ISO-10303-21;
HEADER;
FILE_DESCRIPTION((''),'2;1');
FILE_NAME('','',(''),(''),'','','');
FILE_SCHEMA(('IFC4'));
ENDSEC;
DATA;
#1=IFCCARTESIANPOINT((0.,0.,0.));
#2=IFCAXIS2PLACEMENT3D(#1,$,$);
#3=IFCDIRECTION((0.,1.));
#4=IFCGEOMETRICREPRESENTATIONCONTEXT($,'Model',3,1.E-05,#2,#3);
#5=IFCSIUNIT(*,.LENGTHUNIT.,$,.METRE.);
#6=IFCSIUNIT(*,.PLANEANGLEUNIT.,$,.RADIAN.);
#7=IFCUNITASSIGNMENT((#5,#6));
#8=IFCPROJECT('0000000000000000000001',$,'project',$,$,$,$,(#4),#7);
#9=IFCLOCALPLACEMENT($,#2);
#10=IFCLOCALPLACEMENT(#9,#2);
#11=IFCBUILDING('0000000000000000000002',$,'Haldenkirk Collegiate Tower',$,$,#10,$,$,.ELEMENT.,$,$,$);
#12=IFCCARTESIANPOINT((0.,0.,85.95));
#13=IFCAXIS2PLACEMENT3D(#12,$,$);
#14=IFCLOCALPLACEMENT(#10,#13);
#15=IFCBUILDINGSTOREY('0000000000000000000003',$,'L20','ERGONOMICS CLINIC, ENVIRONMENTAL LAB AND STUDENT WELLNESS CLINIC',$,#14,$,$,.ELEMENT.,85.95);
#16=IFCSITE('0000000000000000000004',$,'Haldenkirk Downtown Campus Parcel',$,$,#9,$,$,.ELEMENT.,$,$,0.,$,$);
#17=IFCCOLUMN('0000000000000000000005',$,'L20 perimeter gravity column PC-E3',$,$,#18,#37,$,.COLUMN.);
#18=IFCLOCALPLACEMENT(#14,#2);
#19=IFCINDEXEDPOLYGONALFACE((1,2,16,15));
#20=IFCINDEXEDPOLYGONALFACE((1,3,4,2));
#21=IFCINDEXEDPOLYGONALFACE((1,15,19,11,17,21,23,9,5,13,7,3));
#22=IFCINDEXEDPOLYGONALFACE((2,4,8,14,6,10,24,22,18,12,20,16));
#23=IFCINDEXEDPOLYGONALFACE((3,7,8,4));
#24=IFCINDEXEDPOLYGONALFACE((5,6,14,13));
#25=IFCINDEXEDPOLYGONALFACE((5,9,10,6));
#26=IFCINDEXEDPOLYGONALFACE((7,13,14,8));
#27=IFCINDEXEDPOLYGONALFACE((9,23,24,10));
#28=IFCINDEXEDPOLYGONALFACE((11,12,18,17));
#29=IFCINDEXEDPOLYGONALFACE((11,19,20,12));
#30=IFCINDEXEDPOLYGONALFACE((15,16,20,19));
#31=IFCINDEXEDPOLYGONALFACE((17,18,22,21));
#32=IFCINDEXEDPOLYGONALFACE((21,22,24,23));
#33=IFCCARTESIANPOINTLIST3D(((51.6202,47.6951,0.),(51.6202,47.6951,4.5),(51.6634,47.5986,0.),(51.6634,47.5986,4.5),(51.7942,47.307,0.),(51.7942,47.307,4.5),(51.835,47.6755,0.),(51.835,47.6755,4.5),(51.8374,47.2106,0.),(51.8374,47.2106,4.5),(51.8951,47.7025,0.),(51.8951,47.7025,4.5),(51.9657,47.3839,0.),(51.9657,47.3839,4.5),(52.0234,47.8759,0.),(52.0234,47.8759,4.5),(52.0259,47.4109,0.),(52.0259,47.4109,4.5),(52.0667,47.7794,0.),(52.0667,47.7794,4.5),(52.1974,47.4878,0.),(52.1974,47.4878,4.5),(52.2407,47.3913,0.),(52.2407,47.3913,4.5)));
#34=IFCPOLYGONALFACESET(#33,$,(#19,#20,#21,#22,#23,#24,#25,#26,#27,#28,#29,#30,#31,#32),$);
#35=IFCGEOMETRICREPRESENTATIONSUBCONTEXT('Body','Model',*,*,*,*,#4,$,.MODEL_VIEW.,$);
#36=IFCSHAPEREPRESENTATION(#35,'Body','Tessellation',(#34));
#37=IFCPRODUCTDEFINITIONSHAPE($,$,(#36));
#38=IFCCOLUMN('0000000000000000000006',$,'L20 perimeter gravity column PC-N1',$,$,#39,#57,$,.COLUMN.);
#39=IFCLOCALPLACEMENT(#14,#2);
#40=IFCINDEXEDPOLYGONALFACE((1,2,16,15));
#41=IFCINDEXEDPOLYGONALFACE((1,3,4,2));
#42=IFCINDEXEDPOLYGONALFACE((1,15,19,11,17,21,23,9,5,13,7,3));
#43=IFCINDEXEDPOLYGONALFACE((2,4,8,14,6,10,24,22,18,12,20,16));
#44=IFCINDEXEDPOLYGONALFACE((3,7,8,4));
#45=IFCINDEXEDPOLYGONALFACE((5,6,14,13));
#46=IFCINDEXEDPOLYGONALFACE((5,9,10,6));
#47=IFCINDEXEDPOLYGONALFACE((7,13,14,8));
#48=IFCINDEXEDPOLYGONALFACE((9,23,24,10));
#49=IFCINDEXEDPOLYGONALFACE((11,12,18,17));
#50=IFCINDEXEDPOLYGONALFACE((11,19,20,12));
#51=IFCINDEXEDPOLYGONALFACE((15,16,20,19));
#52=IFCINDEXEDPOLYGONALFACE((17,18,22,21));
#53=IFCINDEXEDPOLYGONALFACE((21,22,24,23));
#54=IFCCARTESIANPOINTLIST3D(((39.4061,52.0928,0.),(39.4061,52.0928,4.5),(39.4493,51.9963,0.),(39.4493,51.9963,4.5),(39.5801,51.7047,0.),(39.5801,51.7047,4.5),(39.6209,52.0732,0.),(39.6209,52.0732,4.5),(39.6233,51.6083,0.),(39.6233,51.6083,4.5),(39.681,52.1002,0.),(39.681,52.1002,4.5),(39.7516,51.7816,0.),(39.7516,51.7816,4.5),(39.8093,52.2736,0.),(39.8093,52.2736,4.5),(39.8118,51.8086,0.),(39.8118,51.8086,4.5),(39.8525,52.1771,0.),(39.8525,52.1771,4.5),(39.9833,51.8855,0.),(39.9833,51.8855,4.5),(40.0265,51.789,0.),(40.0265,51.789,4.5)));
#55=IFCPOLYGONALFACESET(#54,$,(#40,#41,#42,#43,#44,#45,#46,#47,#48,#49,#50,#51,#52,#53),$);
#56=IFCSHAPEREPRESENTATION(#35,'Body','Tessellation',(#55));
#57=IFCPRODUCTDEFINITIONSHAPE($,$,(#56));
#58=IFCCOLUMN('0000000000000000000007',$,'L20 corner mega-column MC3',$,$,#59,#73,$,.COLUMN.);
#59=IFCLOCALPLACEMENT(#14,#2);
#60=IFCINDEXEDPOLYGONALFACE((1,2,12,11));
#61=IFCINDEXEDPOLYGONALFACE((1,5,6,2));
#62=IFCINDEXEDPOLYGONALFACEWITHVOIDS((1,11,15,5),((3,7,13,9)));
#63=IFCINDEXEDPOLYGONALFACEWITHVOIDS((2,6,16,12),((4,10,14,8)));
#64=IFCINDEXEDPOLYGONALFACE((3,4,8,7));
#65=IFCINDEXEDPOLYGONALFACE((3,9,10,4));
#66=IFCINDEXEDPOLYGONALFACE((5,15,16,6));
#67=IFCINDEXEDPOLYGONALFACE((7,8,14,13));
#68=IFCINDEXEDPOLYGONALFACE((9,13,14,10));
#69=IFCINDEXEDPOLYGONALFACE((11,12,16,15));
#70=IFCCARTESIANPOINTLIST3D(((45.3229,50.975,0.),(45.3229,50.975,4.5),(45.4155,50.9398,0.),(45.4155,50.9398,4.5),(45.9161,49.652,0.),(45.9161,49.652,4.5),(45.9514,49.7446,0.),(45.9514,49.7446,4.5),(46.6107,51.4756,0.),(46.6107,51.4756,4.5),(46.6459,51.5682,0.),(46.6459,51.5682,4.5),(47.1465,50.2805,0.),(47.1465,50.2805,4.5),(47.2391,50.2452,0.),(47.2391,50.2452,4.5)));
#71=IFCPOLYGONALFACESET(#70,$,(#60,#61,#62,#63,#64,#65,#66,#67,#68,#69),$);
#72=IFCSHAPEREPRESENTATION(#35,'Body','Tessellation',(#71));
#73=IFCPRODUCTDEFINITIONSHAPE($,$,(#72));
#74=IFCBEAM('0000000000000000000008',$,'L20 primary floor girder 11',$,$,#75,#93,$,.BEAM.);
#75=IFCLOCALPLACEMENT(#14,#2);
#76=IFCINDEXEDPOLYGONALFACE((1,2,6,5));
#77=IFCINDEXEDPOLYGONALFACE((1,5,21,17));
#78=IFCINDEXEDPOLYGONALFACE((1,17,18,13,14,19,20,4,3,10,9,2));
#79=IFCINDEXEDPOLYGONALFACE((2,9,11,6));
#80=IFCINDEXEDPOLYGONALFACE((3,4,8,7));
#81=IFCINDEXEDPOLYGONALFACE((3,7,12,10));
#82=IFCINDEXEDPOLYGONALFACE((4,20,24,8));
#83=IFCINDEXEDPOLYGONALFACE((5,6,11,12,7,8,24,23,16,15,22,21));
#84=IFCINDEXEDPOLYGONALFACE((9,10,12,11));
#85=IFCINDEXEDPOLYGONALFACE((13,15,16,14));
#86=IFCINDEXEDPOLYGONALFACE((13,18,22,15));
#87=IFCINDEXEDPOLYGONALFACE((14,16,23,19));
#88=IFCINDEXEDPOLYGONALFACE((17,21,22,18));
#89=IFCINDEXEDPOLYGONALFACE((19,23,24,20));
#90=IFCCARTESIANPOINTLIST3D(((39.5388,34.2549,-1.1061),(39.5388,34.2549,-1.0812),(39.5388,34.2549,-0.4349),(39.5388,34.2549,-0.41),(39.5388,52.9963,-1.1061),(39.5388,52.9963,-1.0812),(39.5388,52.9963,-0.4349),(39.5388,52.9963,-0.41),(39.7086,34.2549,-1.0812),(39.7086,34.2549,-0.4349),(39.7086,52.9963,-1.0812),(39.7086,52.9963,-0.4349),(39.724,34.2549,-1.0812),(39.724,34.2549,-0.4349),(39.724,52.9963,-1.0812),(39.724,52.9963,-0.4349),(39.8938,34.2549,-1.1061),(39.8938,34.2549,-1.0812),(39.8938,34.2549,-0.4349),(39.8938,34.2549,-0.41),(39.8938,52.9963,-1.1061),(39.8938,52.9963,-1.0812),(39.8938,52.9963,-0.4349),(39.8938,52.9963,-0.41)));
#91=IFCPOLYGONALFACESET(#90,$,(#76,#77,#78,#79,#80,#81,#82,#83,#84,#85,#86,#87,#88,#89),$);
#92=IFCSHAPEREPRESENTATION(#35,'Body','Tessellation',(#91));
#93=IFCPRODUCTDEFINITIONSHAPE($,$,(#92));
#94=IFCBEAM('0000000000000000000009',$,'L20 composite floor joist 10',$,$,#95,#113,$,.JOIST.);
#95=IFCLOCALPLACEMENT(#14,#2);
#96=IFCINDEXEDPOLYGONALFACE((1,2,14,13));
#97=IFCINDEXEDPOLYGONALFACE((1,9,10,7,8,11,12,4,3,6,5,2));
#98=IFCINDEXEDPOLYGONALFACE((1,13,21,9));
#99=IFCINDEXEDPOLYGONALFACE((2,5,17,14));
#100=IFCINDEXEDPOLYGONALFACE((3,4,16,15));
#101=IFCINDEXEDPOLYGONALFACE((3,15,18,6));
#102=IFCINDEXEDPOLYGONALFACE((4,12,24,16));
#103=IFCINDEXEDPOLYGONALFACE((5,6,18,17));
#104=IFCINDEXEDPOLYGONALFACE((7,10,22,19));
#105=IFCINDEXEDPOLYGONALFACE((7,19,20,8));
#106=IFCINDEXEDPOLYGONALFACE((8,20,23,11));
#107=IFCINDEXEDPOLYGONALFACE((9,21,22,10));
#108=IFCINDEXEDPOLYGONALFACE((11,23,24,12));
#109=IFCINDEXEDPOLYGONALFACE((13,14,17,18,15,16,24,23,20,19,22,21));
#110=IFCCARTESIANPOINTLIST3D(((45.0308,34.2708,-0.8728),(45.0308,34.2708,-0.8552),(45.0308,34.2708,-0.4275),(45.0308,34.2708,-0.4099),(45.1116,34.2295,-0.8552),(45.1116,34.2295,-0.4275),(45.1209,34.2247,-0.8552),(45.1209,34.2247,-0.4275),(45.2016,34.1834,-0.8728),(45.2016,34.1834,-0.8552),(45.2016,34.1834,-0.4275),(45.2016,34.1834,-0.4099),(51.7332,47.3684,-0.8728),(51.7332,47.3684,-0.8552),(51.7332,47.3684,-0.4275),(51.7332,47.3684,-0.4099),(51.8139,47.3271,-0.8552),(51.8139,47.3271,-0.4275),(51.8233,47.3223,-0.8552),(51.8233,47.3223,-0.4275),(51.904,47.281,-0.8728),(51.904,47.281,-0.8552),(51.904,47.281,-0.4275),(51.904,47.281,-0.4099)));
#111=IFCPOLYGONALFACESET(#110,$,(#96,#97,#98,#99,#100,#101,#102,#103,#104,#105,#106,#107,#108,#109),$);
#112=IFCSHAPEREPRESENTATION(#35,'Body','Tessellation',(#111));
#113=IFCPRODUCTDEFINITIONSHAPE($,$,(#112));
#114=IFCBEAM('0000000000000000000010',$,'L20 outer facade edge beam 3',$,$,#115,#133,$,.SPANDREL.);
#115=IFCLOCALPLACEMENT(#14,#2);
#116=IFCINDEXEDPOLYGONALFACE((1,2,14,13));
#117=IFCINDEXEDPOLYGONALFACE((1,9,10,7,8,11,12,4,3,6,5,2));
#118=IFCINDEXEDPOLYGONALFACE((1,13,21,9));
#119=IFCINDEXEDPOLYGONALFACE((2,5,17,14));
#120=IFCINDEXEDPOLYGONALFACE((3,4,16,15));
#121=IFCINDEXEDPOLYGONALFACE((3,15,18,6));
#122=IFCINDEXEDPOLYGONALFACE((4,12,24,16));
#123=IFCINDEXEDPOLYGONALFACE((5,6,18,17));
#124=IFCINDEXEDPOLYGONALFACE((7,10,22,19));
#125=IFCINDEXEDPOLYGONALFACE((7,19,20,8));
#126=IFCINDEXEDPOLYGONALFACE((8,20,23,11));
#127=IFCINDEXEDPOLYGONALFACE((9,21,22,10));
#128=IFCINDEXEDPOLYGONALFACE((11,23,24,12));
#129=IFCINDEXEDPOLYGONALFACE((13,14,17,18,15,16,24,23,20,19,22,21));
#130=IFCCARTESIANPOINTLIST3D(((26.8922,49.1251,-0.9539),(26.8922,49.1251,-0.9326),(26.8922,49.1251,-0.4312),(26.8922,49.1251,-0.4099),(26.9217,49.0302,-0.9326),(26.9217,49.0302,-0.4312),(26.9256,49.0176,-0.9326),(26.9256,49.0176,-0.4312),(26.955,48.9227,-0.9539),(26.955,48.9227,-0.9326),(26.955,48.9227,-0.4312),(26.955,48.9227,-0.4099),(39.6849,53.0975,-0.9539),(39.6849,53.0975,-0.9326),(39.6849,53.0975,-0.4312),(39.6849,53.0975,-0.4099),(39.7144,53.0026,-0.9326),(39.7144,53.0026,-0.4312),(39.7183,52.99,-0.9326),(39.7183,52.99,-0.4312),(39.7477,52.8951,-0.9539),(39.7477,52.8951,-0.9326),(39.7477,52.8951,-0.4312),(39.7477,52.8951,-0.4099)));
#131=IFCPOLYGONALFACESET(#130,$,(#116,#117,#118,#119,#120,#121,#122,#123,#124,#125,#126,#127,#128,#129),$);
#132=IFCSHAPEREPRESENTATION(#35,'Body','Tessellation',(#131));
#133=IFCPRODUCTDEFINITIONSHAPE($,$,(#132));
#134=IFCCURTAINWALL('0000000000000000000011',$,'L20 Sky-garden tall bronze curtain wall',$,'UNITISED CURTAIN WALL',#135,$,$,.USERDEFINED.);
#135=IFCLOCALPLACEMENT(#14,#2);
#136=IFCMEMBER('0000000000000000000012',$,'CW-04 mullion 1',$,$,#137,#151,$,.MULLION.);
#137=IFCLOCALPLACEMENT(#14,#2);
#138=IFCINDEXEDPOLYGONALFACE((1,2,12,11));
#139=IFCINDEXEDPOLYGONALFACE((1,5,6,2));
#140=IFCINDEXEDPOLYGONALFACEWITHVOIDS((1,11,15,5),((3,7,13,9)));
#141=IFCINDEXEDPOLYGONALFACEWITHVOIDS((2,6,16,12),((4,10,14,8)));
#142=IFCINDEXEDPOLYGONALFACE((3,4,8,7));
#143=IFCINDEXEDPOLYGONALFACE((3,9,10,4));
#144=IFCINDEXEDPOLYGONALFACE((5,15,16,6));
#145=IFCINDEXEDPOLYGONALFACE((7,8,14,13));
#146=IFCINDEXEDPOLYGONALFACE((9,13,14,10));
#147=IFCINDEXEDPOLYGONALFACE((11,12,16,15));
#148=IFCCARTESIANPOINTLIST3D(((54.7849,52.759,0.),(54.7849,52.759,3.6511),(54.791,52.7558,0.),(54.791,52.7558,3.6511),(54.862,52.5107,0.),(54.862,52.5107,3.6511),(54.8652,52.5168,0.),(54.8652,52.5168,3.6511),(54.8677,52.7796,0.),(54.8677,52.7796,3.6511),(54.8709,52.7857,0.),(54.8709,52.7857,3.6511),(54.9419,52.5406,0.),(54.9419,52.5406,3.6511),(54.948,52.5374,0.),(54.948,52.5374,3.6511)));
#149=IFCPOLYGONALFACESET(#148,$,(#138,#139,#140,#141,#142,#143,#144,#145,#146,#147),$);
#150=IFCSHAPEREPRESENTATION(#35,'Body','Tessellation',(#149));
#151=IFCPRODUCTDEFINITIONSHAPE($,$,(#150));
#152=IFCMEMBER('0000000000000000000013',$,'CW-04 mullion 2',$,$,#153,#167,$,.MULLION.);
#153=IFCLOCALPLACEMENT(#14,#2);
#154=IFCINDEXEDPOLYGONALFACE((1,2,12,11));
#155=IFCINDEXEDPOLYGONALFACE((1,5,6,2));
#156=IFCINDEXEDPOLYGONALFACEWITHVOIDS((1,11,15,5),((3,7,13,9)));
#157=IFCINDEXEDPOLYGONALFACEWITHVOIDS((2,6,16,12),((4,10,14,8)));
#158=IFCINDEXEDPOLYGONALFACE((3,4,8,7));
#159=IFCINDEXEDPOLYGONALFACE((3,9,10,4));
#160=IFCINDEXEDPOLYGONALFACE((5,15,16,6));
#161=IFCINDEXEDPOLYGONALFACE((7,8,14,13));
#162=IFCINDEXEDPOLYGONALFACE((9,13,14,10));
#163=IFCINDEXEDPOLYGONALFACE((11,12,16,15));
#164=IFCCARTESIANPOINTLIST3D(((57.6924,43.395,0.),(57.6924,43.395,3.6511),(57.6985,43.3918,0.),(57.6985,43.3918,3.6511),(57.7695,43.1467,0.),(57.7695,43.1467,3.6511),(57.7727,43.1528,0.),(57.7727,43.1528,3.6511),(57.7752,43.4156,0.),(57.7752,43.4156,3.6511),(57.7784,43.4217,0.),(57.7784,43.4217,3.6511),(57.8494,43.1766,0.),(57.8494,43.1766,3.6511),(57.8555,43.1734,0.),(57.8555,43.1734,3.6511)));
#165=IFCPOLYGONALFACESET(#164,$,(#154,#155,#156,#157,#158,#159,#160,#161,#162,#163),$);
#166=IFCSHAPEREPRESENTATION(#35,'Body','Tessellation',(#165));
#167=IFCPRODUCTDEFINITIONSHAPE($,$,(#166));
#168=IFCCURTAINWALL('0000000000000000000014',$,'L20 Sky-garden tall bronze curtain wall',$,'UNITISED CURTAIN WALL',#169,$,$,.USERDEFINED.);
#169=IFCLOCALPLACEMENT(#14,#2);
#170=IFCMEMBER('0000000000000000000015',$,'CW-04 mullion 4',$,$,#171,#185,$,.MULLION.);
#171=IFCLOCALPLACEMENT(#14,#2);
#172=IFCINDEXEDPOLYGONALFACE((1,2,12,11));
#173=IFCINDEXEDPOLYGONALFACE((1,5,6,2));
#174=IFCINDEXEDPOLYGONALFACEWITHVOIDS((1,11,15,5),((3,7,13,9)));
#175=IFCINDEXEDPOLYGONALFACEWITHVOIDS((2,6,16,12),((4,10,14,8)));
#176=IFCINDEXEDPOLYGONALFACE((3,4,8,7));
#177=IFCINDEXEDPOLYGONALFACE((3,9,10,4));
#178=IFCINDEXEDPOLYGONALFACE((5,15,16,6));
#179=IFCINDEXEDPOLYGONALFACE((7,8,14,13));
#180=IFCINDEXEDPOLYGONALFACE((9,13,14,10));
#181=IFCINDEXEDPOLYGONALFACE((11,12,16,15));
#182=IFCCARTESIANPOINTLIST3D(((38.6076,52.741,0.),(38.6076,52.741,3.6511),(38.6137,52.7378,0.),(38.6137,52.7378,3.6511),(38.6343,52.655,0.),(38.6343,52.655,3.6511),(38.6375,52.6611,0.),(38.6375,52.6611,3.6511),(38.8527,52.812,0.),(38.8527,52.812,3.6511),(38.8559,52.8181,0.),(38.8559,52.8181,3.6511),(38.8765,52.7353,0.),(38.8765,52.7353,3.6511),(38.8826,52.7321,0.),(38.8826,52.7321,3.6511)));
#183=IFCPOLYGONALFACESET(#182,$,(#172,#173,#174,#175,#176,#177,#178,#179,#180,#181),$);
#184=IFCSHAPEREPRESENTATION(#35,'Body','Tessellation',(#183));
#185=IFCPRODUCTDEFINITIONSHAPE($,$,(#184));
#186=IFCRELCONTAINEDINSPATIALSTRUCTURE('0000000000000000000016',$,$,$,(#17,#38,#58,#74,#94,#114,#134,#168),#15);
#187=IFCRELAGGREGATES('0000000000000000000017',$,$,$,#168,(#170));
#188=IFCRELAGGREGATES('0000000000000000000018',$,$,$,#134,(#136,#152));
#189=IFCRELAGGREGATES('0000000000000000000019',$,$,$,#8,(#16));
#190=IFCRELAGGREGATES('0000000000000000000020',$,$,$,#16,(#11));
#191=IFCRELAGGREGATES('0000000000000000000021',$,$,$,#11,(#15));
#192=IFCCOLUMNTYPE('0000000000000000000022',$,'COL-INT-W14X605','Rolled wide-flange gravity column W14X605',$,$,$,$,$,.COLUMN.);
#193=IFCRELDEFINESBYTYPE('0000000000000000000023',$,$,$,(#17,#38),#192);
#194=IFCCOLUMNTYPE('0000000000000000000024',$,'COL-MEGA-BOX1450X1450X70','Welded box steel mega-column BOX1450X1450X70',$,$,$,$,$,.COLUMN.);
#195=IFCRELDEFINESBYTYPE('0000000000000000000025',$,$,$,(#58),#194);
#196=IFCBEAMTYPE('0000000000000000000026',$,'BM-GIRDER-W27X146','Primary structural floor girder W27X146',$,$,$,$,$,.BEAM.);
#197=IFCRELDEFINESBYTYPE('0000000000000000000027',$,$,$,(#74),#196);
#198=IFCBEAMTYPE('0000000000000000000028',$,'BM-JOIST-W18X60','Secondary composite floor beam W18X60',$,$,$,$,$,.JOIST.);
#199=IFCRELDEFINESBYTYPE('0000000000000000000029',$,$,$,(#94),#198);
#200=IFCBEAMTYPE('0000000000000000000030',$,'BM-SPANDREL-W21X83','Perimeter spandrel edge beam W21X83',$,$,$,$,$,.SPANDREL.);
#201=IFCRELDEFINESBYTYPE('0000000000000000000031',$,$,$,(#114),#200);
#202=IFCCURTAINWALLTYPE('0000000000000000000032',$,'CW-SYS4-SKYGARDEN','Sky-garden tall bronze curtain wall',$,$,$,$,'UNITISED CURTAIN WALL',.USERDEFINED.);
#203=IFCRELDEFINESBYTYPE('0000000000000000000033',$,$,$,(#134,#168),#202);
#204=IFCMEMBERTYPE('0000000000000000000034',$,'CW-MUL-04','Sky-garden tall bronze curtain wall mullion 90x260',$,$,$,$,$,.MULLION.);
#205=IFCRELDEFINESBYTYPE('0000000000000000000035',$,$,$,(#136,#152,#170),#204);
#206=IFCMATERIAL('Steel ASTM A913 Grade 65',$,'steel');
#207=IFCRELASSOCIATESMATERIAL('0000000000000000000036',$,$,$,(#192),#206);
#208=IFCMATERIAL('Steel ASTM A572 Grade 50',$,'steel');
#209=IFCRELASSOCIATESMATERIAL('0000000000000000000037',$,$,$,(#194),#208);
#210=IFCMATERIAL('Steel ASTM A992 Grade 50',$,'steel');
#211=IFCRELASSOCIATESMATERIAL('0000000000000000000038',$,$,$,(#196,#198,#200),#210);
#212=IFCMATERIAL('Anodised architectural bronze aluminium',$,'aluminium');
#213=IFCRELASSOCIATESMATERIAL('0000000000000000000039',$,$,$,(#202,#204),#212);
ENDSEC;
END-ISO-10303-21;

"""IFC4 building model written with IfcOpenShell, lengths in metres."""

from ifc_helpers import new_model, si_unit, direction, frame, origin, origin_2d, place, context, subcontext, project, spatial, hollow_rectangle, i_section, extrude, material, material_profile, profile_set, type_object, element, aggregate, save


model = new_model("IFC4")

# Units and contexts
model_context = context("Model", 3, precision=1e-05, world=origin(), true_north=direction((0.0, 1.0)))
body_context = subcontext(model_context, "Body", "Model", "MODEL_VIEW")
ifc_project = project(units=[si_unit("LENGTHUNIT", "METRE"), si_unit("PLANEANGLEUNIT", "RADIAN")], contexts=[model_context])

# Site, building, storey
site_placement = place(None, origin())
site = spatial("IfcSite", under=ifc_project, at=site_placement, Name="Haldenkirk Downtown Campus Parcel", CompositionType="ELEMENT", RefElevation=0.0)
building_placement = place(site_placement, origin())
building = spatial("IfcBuilding", under=site, at=building_placement, Name="Haldenkirk Collegiate Tower", CompositionType="ELEMENT")
storey_placement = place(building_placement, frame((0.0, 0.0, 85.95)))
storey = spatial("IfcBuildingStorey", under=building, at=storey_placement, Name="L20", Description="ERGONOMICS CLINIC, ENVIRONMENTAL LAB AND STUDENT WELLNESS CLINIC", CompositionType="ELEMENT", Elevation=85.95)

# Columns
ifc_material_1 = material(Name="Steel ASTM A913 Grade 65", Category="steel")
ifc_material_profile_1 = material_profile(ifc_material_1, i_section(OverallWidth=0.4419, OverallDepth=0.531, WebThickness=0.0659, FlangeThickness=0.1057, at=origin_2d()), Name="W14X605")
ifc_profile_set_1 = profile_set([ifc_material_profile_1], Name="Steel ASTM A913 Grade 65")
column_type_1 = type_object("IfcColumnType", Name="COL-INT-W14X605", Description="Rolled wide-flange gravity column W14X605", PredefinedType="COLUMN", material=ifc_profile_set_1)
for number, where, z_axis, x_axis, name in (
    (1, (51.9304, 47.5432, 0.0), (0.0, 0.0, 1.0), (0.912477, 0.409127, 0.0), "L20 perimeter gravity column PC-E3"),
    (2, (39.7163, 51.9409, 0.0), (0.0, 0.0, 1.0), (0.912477, 0.409127, 0.0), "L20 perimeter gravity column PC-N1"),
):
    element("IfcColumn", number, at=place(storey_placement, frame(where, z_axis=z_axis, x_axis=x_axis)), inside=storey, type_object=column_type_1, Name=name, PredefinedType="COLUMN", context=body_context, shape_type="SweptSolid", body=[
        extrude(i_section(OverallWidth=0.4419, OverallDepth=0.531, WebThickness=0.0659, FlangeThickness=0.1057, at=origin_2d()), origin(), (0.0, 0.0, 1.0), 4.5),
    ])
ifc_material_2 = material(Name="Steel ASTM A572 Grade 50", Category="steel")
ifc_material_profile_2 = material_profile(ifc_material_2, hollow_rectangle(XDim=1.45, YDim=1.45, WallThickness=0.0701, at=origin_2d()), Name="BOX1450X1450X70")
ifc_profile_set_2 = profile_set([ifc_material_profile_2], Name="Steel ASTM A572 Grade 50")
column_type_2 = type_object("IfcColumnType", Name="COL-MEGA-BOX1450X1450X70", Description="Welded box steel mega-column BOX1450X1450X70", PredefinedType="COLUMN", material=ifc_profile_set_2)
column_placement = place(storey_placement, frame((46.281, 50.6101, 0.0), z_axis=(0.0, 0.0, 1.0), x_axis=(0.912477, 0.409127, 0.0)))
element("IfcColumn", 3, at=column_placement, inside=storey, type_object=column_type_2, Name="L20 corner mega-column MC3", PredefinedType="COLUMN", context=body_context, shape_type="SweptSolid", body=[
    extrude(hollow_rectangle(XDim=1.45, YDim=1.45, WallThickness=0.0701, at=origin_2d()), origin(), (0.0, 0.0, 1.0), 4.5),
])

# Beams
ifc_material_3 = material(Name="Steel ASTM A992 Grade 50", Category="steel")
ifc_material_profile_3 = material_profile(ifc_material_3, i_section(OverallWidth=0.355, OverallDepth=0.696, WebThickness=0.0154, FlangeThickness=0.0249, at=origin_2d()), Name="W27X146")
ifc_profile_set_3 = profile_set([ifc_material_profile_3], Name="Steel ASTM A992 Grade 50")
beam_type_1 = type_object("IfcBeamType", Name="BM-GIRDER-W27X146", Description="Primary structural floor girder W27X146", PredefinedType="BEAM", material=ifc_profile_set_3)
beam_1_placement = place(storey_placement, frame((39.7163, 52.9963, -0.7581), z_axis=(0.0, -1.0, 0.0), x_axis=(1.0, 0.0, 0.0)))
element("IfcBeam", 4, at=beam_1_placement, inside=storey, type_object=beam_type_1, Name="L20 primary floor girder 11", PredefinedType="BEAM", context=body_context, shape_type="SweptSolid", body=[
    extrude(i_section(OverallWidth=0.355, OverallDepth=0.696, WebThickness=0.0154, FlangeThickness=0.0249, at=origin_2d()), origin(), (0.0, 0.0, 1.0), 18.7415),
])
ifc_material_profile_4 = material_profile(ifc_material_3, i_section(OverallWidth=0.1919, OverallDepth=0.4629, WebThickness=0.0105, FlangeThickness=0.0176, at=origin_2d()), Name="W18X60")
ifc_profile_set_4 = profile_set([ifc_material_profile_4], Name="Steel ASTM A992 Grade 50")
beam_type_2 = type_object("IfcBeamType", Name="BM-JOIST-W18X60", Description="Secondary composite floor beam W18X60", PredefinedType="JOIST", material=ifc_profile_set_4)
beam_2_placement = place(storey_placement, frame((51.8186, 47.3247, -0.6414), z_axis=(-0.455544, -0.890213, 0.0), x_axis=(0.890213, -0.455544, 0.0)))
element("IfcBeam", 5, at=beam_2_placement, inside=storey, type_object=beam_type_2, Name="L20 composite floor joist 10", PredefinedType="JOIST", context=body_context, shape_type="SweptSolid", body=[
    extrude(i_section(OverallWidth=0.1919, OverallDepth=0.4629, WebThickness=0.0105, FlangeThickness=0.0176, at=origin_2d()), origin(), (0.0, 0.0, 1.0), 14.7129),
])
ifc_material_profile_5 = material_profile(ifc_material_3, i_section(OverallWidth=0.2119, OverallDepth=0.5439, WebThickness=0.0132, FlangeThickness=0.0212, at=origin_2d()), Name="W21X83")
ifc_profile_set_5 = profile_set([ifc_material_profile_5], Name="Steel ASTM A992 Grade 50")
beam_type_3 = type_object("IfcBeamType", Name="BM-SPANDREL-W21X83", Description="Perimeter spandrel edge beam W21X83", PredefinedType="SPANDREL", material=ifc_profile_set_5)
beam_3_placement = place(storey_placement, frame((39.7163, 52.9963, -0.6819), z_axis=(-0.955016, -0.296553, 0.0), x_axis=(0.296553, -0.955016, 0.0)))
element("IfcBeam", 6, at=beam_3_placement, inside=storey, type_object=beam_type_3, Name="L20 outer facade edge beam 3", PredefinedType="SPANDREL", context=body_context, shape_type="SweptSolid", body=[
    extrude(i_section(OverallWidth=0.2119, OverallDepth=0.5439, WebThickness=0.0132, FlangeThickness=0.0212, at=origin_2d()), origin(), (0.0, 0.0, 1.0), 13.3953),
])

# Curtain walls, members
ifc_material_4 = material(Name="Anodised architectural bronze aluminium", Category="aluminium")
curtain_wall_type = type_object("IfcCurtainWallType", Name="CW-SYS4-SKYGARDEN", Description="Sky-garden tall bronze curtain wall", ElementType="UNITISED CURTAIN WALL", PredefinedType="USERDEFINED", material=ifc_material_4)
curtain_wall_1_placement = place(storey_placement, origin())
curtain_wall_1 = element("IfcCurtainWall", 7, at=curtain_wall_1_placement, inside=storey, type_object=curtain_wall_type, Name="L20 Sky-garden tall bronze curtain wall", ObjectType="UNITISED CURTAIN WALL", PredefinedType="USERDEFINED")
ifc_material_profile_6 = material_profile(ifc_material_4, hollow_rectangle(XDim=0.0901, YDim=0.26, WallThickness=0.0049, at=origin_2d()), Name="CW-MUL-04")
ifc_profile_set_6 = profile_set([ifc_material_profile_6], Name="Anodised architectural bronze aluminium")
member_type_1 = type_object("IfcMemberType", Name="CW-MUL-04", Description="Sky-garden tall bronze curtain wall mullion 90x260", PredefinedType="MULLION", material=ifc_profile_set_6)
member_1_placement = place(storey_placement, frame((54.8665, 52.6482, 0.0), z_axis=(0.0, 0.0, 1.0), x_axis=(0.95502, 0.296541, 0.0)))
member_1 = element("IfcMember", 8, at=member_1_placement, type_object=member_type_1, Name="CW-04 mullion 1", PredefinedType="MULLION", context=body_context, shape_type="SweptSolid", body=[
    extrude(hollow_rectangle(XDim=0.0901, YDim=0.26, WallThickness=0.0049, at=origin_2d()), origin(), (0.0, 0.0, 1.0), 3.6511),
])
member_2_placement = place(storey_placement, frame((57.7739, 43.2842, 0.0), z_axis=(0.0, 0.0, 1.0), x_axis=(0.95502, 0.296541, 0.0)))
member_2 = element("IfcMember", 9, at=member_2_placement, type_object=member_type_1, Name="CW-04 mullion 2", PredefinedType="MULLION", context=body_context, shape_type="SweptSolid", body=[
    extrude(hollow_rectangle(XDim=0.0901, YDim=0.26, WallThickness=0.0049, at=origin_2d()), origin(), (0.0, 0.0, 1.0), 3.6511),
])
curtain_wall_2_placement = place(storey_placement, origin())
curtain_wall_2 = element("IfcCurtainWall", 10, at=curtain_wall_2_placement, inside=storey, type_object=curtain_wall_type, Name="L20 Sky-garden tall bronze curtain wall", ObjectType="UNITISED CURTAIN WALL", PredefinedType="USERDEFINED")
member_3_placement = place(storey_placement, frame((38.7451, 52.7366, 0.0), z_axis=(0.0, 0.0, 1.0), x_axis=(-0.29654, 0.95502, 0.0)))
member_3 = element("IfcMember", 11, at=member_3_placement, type_object=member_type_1, Name="CW-04 mullion 4", PredefinedType="MULLION", context=body_context, shape_type="SweptSolid", body=[
    extrude(hollow_rectangle(XDim=0.0901, YDim=0.26, WallThickness=0.0049, at=origin_2d()), origin(), (0.0, 0.0, 1.0), 3.6511),
])

aggregate(curtain_wall_2, [member_3])
aggregate(curtain_wall_1, [member_1, member_2])

save(model, "model.ifc")
